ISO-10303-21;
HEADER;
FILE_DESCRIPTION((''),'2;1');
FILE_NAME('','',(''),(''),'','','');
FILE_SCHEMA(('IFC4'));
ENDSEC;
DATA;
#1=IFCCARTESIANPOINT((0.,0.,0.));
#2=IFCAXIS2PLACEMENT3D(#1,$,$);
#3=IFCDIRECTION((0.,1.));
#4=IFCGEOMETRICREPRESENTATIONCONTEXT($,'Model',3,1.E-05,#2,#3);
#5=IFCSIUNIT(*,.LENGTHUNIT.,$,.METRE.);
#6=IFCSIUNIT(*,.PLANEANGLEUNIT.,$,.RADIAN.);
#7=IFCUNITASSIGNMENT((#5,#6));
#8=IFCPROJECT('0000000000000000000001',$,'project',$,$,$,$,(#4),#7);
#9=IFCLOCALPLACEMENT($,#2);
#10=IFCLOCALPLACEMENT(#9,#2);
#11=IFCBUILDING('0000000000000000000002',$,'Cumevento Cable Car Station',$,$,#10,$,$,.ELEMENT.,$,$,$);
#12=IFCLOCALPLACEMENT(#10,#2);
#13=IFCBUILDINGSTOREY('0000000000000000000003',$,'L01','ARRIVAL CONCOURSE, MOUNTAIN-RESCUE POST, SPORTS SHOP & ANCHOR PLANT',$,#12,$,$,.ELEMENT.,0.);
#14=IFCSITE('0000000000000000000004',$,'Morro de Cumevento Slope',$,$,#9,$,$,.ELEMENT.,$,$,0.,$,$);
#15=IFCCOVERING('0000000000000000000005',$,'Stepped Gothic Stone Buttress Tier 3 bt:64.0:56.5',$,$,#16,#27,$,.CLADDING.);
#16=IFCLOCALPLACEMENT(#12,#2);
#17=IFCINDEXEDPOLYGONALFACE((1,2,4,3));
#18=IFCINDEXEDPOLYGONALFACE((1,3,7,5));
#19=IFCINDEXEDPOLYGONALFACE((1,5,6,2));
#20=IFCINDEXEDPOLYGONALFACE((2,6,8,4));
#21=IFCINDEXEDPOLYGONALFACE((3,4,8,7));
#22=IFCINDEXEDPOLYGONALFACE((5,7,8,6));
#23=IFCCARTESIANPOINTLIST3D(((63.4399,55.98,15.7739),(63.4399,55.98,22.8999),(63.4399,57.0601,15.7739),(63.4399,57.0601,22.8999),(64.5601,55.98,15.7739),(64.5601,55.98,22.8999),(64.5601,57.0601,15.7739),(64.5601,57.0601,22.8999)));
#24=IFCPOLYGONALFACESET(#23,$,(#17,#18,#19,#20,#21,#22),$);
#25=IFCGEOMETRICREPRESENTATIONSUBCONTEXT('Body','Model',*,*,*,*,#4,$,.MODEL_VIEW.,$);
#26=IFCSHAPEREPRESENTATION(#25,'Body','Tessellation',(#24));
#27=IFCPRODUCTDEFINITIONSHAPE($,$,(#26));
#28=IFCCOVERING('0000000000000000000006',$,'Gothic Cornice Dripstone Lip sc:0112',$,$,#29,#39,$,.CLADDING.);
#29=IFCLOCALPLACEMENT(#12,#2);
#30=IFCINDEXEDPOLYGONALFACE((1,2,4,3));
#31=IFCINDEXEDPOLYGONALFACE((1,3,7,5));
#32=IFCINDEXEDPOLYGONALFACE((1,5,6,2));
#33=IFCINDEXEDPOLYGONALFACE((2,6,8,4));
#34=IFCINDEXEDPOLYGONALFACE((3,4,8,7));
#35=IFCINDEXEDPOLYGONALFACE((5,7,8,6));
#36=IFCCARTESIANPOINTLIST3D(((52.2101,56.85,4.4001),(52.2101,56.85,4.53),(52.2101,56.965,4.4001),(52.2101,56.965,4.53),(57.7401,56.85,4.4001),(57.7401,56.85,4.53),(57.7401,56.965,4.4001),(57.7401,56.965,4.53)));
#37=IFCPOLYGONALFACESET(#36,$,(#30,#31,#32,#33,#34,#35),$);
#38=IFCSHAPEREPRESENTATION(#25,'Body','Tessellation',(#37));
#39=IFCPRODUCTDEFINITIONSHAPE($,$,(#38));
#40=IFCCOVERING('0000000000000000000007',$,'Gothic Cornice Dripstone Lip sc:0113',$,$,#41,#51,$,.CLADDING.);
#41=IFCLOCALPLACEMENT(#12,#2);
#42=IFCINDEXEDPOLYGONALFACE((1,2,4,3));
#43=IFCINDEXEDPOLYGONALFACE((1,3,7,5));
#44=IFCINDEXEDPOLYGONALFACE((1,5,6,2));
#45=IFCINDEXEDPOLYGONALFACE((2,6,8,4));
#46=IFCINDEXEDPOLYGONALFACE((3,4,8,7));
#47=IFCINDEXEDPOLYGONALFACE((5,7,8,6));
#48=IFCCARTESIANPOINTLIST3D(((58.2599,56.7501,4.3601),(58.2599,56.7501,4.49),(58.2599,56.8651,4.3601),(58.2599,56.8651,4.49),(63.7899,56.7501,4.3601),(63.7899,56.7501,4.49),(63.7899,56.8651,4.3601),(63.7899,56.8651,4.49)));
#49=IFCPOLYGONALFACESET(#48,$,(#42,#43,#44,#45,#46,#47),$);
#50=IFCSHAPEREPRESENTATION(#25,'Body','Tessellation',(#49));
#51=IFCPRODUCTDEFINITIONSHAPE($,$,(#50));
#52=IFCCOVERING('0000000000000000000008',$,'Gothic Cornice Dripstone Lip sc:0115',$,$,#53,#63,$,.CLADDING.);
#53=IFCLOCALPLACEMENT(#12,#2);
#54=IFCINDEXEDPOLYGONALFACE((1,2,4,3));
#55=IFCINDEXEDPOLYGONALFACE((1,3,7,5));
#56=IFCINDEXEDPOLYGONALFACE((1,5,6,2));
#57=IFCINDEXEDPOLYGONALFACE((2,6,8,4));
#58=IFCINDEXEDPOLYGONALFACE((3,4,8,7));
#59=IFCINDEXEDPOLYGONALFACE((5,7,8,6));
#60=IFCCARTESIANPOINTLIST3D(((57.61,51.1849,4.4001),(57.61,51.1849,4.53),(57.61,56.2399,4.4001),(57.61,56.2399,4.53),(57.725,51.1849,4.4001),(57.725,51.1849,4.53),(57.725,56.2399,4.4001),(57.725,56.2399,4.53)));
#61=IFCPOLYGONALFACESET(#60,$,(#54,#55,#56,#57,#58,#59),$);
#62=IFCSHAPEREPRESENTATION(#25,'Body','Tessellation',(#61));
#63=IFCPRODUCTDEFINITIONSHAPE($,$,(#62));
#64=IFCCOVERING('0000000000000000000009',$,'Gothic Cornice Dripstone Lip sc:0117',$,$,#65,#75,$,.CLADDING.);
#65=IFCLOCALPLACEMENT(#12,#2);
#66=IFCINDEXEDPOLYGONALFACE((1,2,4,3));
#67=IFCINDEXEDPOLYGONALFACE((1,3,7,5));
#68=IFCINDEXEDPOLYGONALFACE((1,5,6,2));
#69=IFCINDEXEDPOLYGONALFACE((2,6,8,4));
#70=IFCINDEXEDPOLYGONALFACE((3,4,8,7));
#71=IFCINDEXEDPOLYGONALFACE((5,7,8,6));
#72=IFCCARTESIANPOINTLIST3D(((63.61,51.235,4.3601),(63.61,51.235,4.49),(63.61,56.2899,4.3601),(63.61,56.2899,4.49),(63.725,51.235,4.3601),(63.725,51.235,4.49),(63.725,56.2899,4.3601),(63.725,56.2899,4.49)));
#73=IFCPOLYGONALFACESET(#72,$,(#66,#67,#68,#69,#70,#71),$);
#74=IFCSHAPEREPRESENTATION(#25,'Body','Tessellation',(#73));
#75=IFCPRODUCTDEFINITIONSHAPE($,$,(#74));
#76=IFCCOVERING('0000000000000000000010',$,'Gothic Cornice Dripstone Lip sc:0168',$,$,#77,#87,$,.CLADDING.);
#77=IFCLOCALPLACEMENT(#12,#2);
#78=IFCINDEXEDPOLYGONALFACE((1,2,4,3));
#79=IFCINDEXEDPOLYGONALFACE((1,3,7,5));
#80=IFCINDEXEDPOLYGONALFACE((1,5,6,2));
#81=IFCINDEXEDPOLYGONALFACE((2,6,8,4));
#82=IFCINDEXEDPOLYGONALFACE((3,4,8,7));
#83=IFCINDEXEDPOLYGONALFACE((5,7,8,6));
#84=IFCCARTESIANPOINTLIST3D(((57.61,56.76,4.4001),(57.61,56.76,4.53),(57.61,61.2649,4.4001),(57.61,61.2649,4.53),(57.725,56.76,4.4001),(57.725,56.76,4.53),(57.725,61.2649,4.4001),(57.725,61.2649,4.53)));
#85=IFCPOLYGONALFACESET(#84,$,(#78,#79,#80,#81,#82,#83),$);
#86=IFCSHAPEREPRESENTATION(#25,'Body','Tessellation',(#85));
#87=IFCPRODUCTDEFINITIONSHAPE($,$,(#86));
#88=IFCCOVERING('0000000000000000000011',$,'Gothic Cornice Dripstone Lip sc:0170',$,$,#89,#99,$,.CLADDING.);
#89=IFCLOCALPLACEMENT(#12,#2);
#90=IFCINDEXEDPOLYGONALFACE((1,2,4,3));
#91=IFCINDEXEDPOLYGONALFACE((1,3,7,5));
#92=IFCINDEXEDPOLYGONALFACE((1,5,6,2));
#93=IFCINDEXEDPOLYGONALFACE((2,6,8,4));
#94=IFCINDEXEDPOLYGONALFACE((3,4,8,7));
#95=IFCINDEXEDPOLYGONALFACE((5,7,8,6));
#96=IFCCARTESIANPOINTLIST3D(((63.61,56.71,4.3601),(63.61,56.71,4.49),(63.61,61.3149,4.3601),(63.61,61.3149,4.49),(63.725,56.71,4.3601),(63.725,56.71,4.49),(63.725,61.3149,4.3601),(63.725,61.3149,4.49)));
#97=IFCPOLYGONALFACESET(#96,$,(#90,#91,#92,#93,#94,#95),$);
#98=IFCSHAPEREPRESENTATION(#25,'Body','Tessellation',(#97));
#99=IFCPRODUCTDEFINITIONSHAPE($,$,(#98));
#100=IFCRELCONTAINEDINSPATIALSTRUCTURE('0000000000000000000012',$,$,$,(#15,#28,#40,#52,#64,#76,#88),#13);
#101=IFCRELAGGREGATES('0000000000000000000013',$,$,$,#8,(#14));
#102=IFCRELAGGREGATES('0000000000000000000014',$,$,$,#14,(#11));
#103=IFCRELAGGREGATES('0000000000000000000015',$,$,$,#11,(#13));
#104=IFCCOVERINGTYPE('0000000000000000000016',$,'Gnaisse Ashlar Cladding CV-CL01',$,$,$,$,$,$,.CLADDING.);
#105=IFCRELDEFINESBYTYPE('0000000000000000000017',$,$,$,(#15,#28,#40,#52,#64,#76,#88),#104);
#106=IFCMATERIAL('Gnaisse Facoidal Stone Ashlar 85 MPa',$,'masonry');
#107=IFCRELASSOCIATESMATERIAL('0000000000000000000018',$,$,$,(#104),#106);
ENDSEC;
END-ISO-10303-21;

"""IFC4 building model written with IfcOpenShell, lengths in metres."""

from ifc_helpers import new_model, si_unit, direction, frame, origin, origin_2d, place, context, subcontext, project, spatial, rectangle, extrude, material, type_object, element, save


model = new_model("IFC4")

# Units and contexts
model_context = context("Model", 3, precision=1e-05, world=origin(), true_north=direction((0.0, 1.0)))
body_context = subcontext(model_context, "Body", "Model", "MODEL_VIEW")
ifc_project = project(units=[si_unit("LENGTHUNIT", "METRE"), si_unit("PLANEANGLEUNIT", "RADIAN")], contexts=[model_context])

# Site, building, storey
site_placement = place(None, origin())
site = spatial("IfcSite", under=ifc_project, at=site_placement, Name="Morro de Cumevento Slope", CompositionType="ELEMENT", RefElevation=0.0)
building_placement = place(site_placement, origin())
building = spatial("IfcBuilding", under=site, at=building_placement, Name="Cumevento Cable Car Station", CompositionType="ELEMENT")
storey_placement = place(building_placement, origin())
storey = spatial("IfcBuildingStorey", under=building, at=storey_placement, Name="L01", Description="ARRIVAL CONCOURSE, MOUNTAIN-RESCUE POST, SPORTS SHOP & ANCHOR PLANT", CompositionType="ELEMENT", Elevation=0.0)

# Coverings
ifc_material = material(Name="Gnaisse Facoidal Stone Ashlar 85 MPa", Category="masonry")
covering_type = type_object("IfcCoveringType", Name="Gnaisse Ashlar Cladding CV-CL01", PredefinedType="CLADDING", material=ifc_material)
covering_1_placement = place(storey_placement, frame((64.0, 56.52, 15.7739), z_axis=(0.0, 0.0, 1.0), x_axis=(1.0, 0.0, 0.0)))
element("IfcCovering", 1, at=covering_1_placement, inside=storey, type_object=covering_type, Name="Stepped Gothic Stone Buttress Tier 3 bt:64.0:56.5", PredefinedType="CLADDING", context=body_context, shape_type="SweptSolid", body=[
    extrude(rectangle(XDim=1.1201, YDim=1.0801, at=origin_2d()), origin(), (0.0, 0.0, 1.0), 7.126),
])
for number, where, z_axis, x_axis, name in (
    (2, (54.9751, 56.9075, 4.4001), (0.0, 0.0, 1.0), (1.0, 0.0, 0.0), "Gothic Cornice Dripstone Lip sc:0112"),
    (3, (61.0249, 56.8076, 4.3601), (0.0, 0.0, 1.0), (1.0, 0.0, 0.0), "Gothic Cornice Dripstone Lip sc:0113"),
):
    element("IfcCovering", number, at=place(storey_placement, frame(where, z_axis=z_axis, x_axis=x_axis)), inside=storey, type_object=covering_type, Name=name, PredefinedType="CLADDING", context=body_context, shape_type="SweptSolid", body=[
        extrude(rectangle(XDim=5.53, YDim=0.115, at=origin_2d()), origin(), (0.0, 0.0, 1.0), 0.1299),
    ])
for number, where, z_axis, x_axis, name in (
    (4, (57.6675, 53.7124, 4.4001), (0.0, 0.0, 1.0), (0.0, 1.0, 0.0), "Gothic Cornice Dripstone Lip sc:0115"),
    (5, (63.6675, 53.7625, 4.3601), (0.0, 0.0, 1.0), (0.0, 1.0, 0.0), "Gothic Cornice Dripstone Lip sc:0117"),
):
    element("IfcCovering", number, at=place(storey_placement, frame(where, z_axis=z_axis, x_axis=x_axis)), inside=storey, type_object=covering_type, Name=name, PredefinedType="CLADDING", context=body_context, shape_type="SweptSolid", body=[
        extrude(rectangle(XDim=5.0549, YDim=0.115, at=origin_2d()), origin(), (0.0, 0.0, 1.0), 0.1299),
    ])
covering_2_placement = place(storey_placement, frame((57.6675, 59.0125, 4.4001), z_axis=(0.0, 0.0, 1.0), x_axis=(0.0, 1.0, 0.0)))
element("IfcCovering", 6, at=covering_2_placement, inside=storey, type_object=covering_type, Name="Gothic Cornice Dripstone Lip sc:0168", PredefinedType="CLADDING", context=body_context, shape_type="SweptSolid", body=[
    extrude(rectangle(XDim=4.5049, YDim=0.115, at=origin_2d()), origin(), (0.0, 0.0, 1.0), 0.1299),
])
covering_3_placement = place(storey_placement, frame((63.6675, 59.0125, 4.3601), z_axis=(0.0, 0.0, 1.0), x_axis=(0.0, 1.0, 0.0)))
element("IfcCovering", 7, at=covering_3_placement, inside=storey, type_object=covering_type, Name="Gothic Cornice Dripstone Lip sc:0170", PredefinedType="CLADDING", context=body_context, shape_type="SweptSolid", body=[
    extrude(rectangle(XDim=4.605, YDim=0.115, at=origin_2d()), origin(), (0.0, 0.0, 1.0), 0.1299),
])

save(model, "model.ifc")
